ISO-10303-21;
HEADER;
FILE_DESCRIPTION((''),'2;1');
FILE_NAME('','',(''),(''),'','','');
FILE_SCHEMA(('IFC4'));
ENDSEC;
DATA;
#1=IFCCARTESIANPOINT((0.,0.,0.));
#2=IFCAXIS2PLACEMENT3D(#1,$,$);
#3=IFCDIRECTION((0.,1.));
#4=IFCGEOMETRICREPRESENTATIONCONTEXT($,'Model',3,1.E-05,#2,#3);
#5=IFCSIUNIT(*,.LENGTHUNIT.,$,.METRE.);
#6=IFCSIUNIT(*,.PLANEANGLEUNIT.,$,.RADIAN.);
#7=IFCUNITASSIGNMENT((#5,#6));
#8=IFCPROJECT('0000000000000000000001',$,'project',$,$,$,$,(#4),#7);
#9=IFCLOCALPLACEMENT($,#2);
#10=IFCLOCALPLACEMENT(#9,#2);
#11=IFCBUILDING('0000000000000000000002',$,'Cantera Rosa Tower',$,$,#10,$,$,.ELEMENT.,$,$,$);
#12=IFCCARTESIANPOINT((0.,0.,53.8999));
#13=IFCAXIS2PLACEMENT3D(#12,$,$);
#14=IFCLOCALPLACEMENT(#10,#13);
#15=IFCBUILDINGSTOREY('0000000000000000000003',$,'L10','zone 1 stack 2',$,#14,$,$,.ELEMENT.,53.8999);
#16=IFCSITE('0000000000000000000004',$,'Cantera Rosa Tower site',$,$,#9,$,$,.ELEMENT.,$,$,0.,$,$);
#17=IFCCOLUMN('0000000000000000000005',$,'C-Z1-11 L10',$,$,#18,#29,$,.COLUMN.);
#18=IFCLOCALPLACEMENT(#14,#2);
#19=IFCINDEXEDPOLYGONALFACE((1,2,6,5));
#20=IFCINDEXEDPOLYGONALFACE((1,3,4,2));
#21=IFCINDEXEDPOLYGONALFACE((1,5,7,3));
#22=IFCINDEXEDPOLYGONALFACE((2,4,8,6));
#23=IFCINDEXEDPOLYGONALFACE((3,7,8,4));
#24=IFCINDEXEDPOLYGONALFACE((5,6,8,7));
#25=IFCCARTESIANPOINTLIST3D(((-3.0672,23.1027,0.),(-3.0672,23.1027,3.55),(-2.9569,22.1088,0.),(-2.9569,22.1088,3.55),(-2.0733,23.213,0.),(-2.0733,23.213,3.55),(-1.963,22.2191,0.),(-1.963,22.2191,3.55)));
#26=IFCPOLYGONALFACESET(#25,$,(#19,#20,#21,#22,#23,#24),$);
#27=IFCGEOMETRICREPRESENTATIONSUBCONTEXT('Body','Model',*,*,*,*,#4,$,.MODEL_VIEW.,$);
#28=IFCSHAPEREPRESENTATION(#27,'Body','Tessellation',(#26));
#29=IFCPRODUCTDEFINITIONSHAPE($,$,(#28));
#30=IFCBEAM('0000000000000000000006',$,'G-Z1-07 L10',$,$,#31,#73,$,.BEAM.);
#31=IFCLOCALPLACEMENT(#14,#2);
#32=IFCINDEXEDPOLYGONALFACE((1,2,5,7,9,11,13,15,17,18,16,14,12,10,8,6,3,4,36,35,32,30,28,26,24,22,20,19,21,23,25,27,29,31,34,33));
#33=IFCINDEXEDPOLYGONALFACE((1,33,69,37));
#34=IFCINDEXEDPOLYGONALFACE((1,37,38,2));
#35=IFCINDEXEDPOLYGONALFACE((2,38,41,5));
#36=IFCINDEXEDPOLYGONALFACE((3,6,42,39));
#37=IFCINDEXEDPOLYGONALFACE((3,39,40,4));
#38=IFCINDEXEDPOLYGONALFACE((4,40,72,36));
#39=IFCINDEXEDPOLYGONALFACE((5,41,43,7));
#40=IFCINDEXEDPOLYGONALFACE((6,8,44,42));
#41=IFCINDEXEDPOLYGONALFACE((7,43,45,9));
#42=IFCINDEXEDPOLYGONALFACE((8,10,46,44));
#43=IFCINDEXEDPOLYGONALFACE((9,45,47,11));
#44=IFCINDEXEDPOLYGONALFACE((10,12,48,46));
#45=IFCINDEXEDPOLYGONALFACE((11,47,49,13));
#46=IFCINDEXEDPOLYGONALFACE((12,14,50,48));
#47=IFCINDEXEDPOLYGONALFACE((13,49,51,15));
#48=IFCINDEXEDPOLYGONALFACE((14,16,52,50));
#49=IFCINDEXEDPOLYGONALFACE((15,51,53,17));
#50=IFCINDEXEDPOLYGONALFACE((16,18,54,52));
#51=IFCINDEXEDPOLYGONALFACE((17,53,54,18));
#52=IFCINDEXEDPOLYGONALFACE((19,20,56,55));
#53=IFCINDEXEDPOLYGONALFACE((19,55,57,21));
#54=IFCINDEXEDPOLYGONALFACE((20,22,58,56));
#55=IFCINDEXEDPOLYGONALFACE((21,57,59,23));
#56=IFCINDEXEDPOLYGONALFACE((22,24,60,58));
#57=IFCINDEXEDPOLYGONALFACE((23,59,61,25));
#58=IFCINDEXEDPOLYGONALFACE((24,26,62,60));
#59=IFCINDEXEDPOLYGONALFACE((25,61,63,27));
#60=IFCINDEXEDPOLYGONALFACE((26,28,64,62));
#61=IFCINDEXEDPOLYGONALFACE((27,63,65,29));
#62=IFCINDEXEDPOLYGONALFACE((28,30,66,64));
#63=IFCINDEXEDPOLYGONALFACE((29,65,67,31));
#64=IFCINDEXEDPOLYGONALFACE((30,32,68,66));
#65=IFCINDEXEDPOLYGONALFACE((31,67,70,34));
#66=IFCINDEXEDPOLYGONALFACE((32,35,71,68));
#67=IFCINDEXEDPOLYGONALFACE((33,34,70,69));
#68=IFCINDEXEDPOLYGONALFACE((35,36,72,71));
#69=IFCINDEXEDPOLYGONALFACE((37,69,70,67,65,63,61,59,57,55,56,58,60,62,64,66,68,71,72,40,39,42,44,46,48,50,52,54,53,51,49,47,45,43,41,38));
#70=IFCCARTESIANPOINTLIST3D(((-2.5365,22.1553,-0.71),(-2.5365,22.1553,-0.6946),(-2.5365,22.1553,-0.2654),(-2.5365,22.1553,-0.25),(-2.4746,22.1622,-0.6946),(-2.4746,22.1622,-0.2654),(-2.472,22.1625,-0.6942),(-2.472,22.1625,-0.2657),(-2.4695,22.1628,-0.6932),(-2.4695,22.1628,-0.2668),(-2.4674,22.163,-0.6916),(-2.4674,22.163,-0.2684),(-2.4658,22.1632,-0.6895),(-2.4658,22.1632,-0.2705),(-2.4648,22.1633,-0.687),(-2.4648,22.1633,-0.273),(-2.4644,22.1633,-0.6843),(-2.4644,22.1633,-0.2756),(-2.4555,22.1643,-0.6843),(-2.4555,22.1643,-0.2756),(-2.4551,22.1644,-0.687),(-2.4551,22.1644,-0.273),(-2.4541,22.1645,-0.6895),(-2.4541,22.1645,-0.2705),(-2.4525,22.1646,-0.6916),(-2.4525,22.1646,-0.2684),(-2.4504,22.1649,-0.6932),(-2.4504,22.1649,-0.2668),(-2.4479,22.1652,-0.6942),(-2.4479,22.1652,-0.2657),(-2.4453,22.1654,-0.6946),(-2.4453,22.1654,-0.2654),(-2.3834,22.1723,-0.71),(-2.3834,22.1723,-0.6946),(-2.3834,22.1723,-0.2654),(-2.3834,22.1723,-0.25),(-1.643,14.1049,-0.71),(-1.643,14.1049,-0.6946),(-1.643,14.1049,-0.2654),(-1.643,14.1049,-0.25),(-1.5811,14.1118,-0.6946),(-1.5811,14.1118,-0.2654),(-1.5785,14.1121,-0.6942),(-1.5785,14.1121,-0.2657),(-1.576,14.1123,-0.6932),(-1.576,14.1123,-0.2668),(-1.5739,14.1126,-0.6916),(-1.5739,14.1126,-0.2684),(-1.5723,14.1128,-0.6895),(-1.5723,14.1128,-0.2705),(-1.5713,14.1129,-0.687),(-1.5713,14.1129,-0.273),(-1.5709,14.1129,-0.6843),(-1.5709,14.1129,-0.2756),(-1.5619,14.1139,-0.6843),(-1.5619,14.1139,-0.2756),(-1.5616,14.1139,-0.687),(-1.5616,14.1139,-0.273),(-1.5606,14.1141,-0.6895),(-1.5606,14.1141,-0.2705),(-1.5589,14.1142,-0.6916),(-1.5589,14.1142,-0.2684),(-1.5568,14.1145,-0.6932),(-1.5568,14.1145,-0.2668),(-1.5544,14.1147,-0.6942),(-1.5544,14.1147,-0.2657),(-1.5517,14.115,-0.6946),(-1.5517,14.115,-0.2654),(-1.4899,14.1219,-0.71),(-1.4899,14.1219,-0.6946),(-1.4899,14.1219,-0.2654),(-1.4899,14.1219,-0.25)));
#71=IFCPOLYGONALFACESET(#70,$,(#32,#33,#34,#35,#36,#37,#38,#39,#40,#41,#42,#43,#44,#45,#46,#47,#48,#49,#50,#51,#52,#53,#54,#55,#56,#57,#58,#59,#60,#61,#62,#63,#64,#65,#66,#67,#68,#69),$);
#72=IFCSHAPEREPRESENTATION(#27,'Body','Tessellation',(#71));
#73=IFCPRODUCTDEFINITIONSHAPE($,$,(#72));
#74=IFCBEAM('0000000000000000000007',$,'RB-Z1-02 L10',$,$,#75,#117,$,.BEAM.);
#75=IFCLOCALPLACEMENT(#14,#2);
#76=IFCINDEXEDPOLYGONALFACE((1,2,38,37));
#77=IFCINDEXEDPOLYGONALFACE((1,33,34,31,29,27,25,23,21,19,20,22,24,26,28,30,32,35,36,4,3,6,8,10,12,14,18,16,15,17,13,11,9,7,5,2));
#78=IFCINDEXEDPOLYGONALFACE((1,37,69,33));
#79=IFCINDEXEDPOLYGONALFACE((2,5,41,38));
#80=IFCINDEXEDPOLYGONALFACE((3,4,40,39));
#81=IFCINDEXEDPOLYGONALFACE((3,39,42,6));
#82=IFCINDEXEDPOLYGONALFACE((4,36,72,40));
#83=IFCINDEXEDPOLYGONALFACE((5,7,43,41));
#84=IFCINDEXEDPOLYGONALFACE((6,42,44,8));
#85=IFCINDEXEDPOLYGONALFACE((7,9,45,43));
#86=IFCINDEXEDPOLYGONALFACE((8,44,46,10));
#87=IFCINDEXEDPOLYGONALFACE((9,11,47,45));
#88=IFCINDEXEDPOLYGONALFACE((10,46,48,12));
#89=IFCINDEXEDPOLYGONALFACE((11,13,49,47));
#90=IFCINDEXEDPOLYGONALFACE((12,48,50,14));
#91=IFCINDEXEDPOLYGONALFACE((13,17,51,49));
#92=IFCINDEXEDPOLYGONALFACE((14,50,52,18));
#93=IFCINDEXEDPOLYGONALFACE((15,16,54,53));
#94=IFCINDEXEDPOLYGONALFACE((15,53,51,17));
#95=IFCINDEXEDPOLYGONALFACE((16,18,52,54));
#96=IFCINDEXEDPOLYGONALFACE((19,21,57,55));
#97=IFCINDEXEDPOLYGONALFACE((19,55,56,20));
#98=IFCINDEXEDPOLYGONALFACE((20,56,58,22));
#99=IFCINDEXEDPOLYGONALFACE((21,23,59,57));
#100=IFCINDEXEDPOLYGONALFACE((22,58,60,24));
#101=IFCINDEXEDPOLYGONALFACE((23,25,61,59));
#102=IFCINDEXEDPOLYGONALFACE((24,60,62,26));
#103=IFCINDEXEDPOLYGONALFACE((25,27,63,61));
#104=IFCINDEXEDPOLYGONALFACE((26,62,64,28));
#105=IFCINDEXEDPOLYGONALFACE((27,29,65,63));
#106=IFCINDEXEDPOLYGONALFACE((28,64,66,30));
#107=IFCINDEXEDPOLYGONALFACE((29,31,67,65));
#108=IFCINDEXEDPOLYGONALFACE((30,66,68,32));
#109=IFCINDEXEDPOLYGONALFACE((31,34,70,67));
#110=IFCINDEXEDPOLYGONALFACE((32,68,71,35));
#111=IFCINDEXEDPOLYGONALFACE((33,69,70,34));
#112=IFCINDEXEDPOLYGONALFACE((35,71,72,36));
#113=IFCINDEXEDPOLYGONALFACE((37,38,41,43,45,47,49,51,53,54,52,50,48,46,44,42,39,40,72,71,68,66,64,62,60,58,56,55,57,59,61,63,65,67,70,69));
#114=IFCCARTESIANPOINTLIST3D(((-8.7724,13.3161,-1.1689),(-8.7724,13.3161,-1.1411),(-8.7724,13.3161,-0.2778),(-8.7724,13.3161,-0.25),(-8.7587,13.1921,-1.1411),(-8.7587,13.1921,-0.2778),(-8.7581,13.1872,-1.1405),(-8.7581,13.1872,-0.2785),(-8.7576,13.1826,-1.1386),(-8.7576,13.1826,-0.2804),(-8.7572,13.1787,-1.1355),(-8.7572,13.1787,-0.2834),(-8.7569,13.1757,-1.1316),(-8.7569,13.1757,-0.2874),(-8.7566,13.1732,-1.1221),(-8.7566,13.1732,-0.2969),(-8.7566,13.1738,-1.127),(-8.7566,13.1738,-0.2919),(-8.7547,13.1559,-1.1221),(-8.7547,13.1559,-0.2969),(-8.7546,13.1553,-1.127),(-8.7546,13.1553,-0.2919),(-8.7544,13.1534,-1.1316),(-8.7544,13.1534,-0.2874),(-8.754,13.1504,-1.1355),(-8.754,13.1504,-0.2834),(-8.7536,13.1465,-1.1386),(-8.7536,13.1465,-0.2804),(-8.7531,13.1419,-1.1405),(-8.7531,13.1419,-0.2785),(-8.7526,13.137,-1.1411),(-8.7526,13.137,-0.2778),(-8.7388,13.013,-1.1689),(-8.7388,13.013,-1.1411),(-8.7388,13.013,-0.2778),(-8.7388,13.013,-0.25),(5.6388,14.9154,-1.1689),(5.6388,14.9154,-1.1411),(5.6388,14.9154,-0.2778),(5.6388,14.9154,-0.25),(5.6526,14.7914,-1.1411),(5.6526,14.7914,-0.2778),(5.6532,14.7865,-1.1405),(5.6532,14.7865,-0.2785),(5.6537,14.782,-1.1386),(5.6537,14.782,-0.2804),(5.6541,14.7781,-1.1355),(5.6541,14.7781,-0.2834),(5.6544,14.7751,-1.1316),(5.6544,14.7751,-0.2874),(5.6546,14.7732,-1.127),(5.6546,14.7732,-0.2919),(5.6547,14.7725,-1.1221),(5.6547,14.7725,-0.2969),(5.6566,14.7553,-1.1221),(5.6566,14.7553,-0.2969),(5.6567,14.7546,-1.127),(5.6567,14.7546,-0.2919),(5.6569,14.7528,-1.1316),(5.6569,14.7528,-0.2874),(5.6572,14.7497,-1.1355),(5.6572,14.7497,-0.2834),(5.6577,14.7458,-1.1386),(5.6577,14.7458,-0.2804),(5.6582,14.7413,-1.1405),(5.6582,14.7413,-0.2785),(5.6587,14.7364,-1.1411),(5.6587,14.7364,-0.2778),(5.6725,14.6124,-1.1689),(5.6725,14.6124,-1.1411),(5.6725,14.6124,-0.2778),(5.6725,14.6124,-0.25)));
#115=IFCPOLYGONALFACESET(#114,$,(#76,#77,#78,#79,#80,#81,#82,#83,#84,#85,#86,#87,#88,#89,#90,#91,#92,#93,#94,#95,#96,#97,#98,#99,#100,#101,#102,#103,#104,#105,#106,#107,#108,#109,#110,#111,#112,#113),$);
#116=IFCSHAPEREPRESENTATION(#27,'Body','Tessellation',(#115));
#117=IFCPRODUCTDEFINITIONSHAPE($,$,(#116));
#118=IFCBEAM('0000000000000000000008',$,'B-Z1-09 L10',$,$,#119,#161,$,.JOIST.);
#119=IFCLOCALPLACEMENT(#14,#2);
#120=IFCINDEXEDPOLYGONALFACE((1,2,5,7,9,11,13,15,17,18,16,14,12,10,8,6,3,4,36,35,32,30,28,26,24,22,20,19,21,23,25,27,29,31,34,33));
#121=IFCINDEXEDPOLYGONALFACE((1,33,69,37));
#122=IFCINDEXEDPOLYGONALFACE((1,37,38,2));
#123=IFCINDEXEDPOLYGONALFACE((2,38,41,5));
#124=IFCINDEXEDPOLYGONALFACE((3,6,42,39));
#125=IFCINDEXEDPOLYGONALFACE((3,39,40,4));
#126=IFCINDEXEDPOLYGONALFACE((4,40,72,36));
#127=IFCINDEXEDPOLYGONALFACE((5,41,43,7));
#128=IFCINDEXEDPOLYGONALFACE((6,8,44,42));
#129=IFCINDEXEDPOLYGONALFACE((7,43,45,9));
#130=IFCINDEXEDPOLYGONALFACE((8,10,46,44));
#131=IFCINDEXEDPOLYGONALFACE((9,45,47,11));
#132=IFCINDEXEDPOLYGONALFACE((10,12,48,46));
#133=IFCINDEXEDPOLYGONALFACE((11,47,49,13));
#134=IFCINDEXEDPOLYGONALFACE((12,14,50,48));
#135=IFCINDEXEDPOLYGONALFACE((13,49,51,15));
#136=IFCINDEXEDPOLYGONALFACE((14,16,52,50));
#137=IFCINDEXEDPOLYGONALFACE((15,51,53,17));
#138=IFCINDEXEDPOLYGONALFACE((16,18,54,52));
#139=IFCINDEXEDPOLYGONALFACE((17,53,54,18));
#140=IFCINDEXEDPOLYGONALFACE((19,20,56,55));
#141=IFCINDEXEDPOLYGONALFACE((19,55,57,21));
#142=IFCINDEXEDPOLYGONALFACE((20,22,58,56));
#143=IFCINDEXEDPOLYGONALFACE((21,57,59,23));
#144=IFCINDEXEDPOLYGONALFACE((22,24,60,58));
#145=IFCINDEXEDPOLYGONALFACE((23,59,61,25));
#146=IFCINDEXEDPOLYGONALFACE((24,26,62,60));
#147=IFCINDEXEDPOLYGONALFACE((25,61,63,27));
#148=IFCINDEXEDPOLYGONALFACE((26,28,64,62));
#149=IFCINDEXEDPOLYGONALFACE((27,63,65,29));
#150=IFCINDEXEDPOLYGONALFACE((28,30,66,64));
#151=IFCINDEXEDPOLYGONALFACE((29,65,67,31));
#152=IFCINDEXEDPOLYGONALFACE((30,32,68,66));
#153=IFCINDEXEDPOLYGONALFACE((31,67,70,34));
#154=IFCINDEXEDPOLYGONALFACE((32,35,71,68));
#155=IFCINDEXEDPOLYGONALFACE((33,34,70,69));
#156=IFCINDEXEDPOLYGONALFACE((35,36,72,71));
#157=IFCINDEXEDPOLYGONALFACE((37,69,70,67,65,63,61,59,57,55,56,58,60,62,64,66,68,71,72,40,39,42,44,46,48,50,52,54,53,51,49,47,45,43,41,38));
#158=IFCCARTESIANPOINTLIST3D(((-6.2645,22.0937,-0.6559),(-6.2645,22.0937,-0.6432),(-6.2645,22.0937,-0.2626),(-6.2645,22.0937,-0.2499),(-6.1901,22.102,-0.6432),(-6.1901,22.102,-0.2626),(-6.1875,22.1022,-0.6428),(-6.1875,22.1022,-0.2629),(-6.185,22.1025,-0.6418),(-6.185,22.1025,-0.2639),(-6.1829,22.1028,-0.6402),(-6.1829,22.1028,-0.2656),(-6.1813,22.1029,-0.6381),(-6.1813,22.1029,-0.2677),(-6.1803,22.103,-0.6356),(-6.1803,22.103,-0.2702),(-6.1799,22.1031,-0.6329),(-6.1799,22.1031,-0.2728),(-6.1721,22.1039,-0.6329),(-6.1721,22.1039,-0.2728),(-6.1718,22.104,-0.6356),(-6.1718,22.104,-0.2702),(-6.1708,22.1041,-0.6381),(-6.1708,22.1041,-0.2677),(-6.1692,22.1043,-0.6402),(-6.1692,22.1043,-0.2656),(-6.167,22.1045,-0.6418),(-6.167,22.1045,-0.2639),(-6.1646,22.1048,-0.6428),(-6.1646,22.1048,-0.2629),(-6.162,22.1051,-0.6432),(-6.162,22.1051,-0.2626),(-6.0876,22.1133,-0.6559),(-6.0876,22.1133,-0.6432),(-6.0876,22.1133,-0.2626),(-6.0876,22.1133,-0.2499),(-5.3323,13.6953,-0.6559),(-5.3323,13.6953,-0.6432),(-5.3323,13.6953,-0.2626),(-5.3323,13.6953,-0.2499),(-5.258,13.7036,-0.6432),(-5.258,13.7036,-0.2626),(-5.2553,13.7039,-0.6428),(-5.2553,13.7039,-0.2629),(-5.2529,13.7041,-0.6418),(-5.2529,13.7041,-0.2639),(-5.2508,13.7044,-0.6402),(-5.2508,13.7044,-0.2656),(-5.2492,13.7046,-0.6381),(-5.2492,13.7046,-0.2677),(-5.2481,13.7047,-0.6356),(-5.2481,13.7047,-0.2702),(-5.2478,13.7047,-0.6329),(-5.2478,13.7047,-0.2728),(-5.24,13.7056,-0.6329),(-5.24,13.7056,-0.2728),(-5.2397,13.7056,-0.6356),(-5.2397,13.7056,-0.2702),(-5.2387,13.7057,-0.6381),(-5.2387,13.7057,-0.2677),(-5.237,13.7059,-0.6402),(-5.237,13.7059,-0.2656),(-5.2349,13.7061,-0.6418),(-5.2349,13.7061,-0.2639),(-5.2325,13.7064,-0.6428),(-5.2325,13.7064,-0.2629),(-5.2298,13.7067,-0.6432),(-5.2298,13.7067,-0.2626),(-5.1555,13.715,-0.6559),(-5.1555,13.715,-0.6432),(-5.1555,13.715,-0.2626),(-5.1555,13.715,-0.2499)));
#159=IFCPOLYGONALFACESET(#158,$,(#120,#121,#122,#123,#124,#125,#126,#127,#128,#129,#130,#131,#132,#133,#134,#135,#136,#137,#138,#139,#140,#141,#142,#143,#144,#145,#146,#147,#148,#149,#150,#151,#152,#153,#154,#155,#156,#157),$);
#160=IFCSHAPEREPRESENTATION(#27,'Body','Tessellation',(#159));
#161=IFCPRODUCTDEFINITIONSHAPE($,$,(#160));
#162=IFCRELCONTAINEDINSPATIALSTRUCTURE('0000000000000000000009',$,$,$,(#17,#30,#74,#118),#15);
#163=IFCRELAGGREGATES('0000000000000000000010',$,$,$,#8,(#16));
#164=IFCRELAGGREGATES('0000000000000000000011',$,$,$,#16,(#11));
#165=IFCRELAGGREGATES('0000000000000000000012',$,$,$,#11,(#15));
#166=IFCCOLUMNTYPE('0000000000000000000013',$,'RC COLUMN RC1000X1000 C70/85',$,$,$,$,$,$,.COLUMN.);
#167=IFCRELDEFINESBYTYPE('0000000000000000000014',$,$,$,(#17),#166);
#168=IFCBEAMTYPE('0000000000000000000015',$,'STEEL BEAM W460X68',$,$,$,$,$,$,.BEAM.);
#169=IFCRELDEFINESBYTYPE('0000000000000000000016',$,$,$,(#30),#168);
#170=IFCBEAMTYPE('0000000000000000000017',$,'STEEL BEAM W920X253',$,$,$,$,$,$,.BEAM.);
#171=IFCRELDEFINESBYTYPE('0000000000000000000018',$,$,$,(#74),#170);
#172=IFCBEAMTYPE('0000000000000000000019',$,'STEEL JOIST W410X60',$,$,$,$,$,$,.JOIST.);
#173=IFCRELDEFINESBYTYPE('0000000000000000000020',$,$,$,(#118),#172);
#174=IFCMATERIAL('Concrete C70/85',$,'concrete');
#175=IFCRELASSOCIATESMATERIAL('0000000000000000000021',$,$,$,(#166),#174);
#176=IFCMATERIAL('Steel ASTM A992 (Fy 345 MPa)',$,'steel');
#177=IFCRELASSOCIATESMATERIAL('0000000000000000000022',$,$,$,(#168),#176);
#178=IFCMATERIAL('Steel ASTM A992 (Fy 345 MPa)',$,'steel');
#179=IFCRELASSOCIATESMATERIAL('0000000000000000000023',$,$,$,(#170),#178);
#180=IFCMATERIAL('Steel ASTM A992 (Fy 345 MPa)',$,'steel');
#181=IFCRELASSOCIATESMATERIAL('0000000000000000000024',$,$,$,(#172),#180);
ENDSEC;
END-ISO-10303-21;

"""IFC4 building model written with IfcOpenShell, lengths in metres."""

from ifc_helpers import new_model, si_unit, direction, frame, origin, origin_2d, place, context, subcontext, project, spatial, rectangle, i_section, extrude, material, material_profile, profile_set, type_object, element, save


model = new_model("IFC4")

# Units and contexts
model_context = context("Model", 3, precision=1e-05, world=origin(), true_north=direction((0.0, 1.0)))
body_context = subcontext(model_context, "Body", "Model", "MODEL_VIEW")
ifc_project = project(units=[si_unit("LENGTHUNIT", "METRE"), si_unit("PLANEANGLEUNIT", "RADIAN")], contexts=[model_context])

# Site, building, storey
site_placement = place(None, origin())
site = spatial("IfcSite", under=ifc_project, at=site_placement, Name="Cantera Rosa Tower site", CompositionType="ELEMENT", RefElevation=0.0)
building_placement = place(site_placement, origin())
building = spatial("IfcBuilding", under=site, at=building_placement, Name="Cantera Rosa Tower", CompositionType="ELEMENT")
storey_placement = place(building_placement, frame((0.0, 0.0, 53.8999)))
storey = spatial("IfcBuildingStorey", under=building, at=storey_placement, Name="L10", Description="zone 1 stack 2", CompositionType="ELEMENT", Elevation=53.8999)

# Column
ifc_material_1 = material(Name="Concrete C70/85", Category="concrete")
ifc_material_profile_1 = material_profile(ifc_material_1, rectangle(XDim=1.0, YDim=1.0, at=origin_2d()), Name="RC COLUMN RC1000X1000 C70/85")
ifc_profile_set_1 = profile_set([ifc_material_profile_1], Name="Concrete C70/85")
column_type = type_object("IfcColumnType", Name="RC COLUMN RC1000X1000 C70/85", PredefinedType="COLUMN", material=ifc_profile_set_1)
column_placement = place(storey_placement, frame((-2.5151, 22.6609, 0.0), z_axis=(0.0, 0.0, 1.0), x_axis=(0.993897, 0.110313, 0.0)))
element("IfcColumn", 1, at=column_placement, inside=storey, type_object=column_type, Name="C-Z1-11 L10", PredefinedType="COLUMN", context=body_context, shape_type="SweptSolid", body=[
    extrude(rectangle(XDim=1.0, YDim=1.0, at=origin_2d()), origin(), (0.0, 0.0, 1.0), 3.55),
])

# Beams
ifc_material_2 = material(Name="Steel ASTM A992 (Fy 345 MPa)", Category="steel")
ifc_material_profile_2 = material_profile(ifc_material_2, i_section(OverallWidth=0.1541, OverallDepth=0.46, WebThickness=0.009, FlangeThickness=0.0154, FilletRadius=0.0103, at=origin_2d()), Name="W460X68")
ifc_profile_set_2 = profile_set([ifc_material_profile_2], Name="Steel ASTM A992 (Fy 345 MPa)")
beam_type_1 = type_object("IfcBeamType", Name="STEEL BEAM W460X68", PredefinedType="BEAM", material=ifc_profile_set_2)
beam_1_placement = place(storey_placement, frame((-2.46, 22.1638, -0.48), z_axis=(0.110316, -0.993897, 0.0), x_axis=(0.993897, 0.110316, 0.0)))
element("IfcBeam", 2, at=beam_1_placement, inside=storey, type_object=beam_type_1, Name="G-Z1-07 L10", PredefinedType="BEAM", context=body_context, shape_type="SweptSolid", body=[
    extrude(i_section(OverallWidth=0.1541, OverallDepth=0.46, WebThickness=0.009, FlangeThickness=0.0154, FilletRadius=0.0103, at=origin_2d()), origin(), (0.0, 0.0, 1.0), 8.0999),
])
ifc_material_3 = material(Name="Steel ASTM A992 (Fy 345 MPa)", Category="steel")
ifc_material_profile_3 = material_profile(ifc_material_3, i_section(OverallWidth=0.3049, OverallDepth=0.9189, WebThickness=0.0173, FlangeThickness=0.0278, FilletRadius=0.019, at=origin_2d()), Name="W920X253")
ifc_profile_set_3 = profile_set([ifc_material_profile_3], Name="Steel ASTM A992 (Fy 345 MPa)")
beam_type_2 = type_object("IfcBeamType", Name="STEEL BEAM W920X253", PredefinedType="BEAM", material=ifc_profile_set_3)
beam_2_placement = place(storey_placement, frame((-8.7556, 13.1646, -0.7095), z_axis=(0.993898, 0.110302, 0.0), x_axis=(-0.110302, 0.993898, 0.0)))
element("IfcBeam", 3, at=beam_2_placement, inside=storey, type_object=beam_type_2, Name="RB-Z1-02 L10", PredefinedType="BEAM", context=body_context, shape_type="SweptSolid", body=[
    extrude(i_section(OverallWidth=0.3049, OverallDepth=0.9189, WebThickness=0.0173, FlangeThickness=0.0278, FilletRadius=0.019, at=origin_2d()), origin(), (0.0, 0.0, 1.0), 14.4998),
])
ifc_material_4 = material(Name="Steel ASTM A992 (Fy 345 MPa)", Category="steel")
ifc_material_profile_4 = material_profile(ifc_material_4, i_section(OverallWidth=0.178, OverallDepth=0.406, WebThickness=0.0078, FlangeThickness=0.0127, FilletRadius=0.0103, at=origin_2d()), Name="W410X60")
ifc_profile_set_4 = profile_set([ifc_material_profile_4], Name="Steel ASTM A992 (Fy 345 MPa)")
beam_type_3 = type_object("IfcBeamType", Name="STEEL JOIST W410X60", PredefinedType="JOIST", material=ifc_profile_set_4)
beam_3_placement = place(storey_placement, frame((-6.176, 22.1035, -0.4529), z_axis=(0.110311, -0.993897, 0.0), x_axis=(0.993897, 0.110311, 0.0)))
element("IfcBeam", 4, at=beam_3_placement, inside=storey, type_object=beam_type_3, Name="B-Z1-09 L10", PredefinedType="JOIST", context=body_context, shape_type="SweptSolid", body=[
    extrude(i_section(OverallWidth=0.178, OverallDepth=0.406, WebThickness=0.0078, FlangeThickness=0.0127, FilletRadius=0.0103, at=origin_2d()), origin(), (0.0, 0.0, 1.0), 8.45),
])

save(model, "model.ifc")
